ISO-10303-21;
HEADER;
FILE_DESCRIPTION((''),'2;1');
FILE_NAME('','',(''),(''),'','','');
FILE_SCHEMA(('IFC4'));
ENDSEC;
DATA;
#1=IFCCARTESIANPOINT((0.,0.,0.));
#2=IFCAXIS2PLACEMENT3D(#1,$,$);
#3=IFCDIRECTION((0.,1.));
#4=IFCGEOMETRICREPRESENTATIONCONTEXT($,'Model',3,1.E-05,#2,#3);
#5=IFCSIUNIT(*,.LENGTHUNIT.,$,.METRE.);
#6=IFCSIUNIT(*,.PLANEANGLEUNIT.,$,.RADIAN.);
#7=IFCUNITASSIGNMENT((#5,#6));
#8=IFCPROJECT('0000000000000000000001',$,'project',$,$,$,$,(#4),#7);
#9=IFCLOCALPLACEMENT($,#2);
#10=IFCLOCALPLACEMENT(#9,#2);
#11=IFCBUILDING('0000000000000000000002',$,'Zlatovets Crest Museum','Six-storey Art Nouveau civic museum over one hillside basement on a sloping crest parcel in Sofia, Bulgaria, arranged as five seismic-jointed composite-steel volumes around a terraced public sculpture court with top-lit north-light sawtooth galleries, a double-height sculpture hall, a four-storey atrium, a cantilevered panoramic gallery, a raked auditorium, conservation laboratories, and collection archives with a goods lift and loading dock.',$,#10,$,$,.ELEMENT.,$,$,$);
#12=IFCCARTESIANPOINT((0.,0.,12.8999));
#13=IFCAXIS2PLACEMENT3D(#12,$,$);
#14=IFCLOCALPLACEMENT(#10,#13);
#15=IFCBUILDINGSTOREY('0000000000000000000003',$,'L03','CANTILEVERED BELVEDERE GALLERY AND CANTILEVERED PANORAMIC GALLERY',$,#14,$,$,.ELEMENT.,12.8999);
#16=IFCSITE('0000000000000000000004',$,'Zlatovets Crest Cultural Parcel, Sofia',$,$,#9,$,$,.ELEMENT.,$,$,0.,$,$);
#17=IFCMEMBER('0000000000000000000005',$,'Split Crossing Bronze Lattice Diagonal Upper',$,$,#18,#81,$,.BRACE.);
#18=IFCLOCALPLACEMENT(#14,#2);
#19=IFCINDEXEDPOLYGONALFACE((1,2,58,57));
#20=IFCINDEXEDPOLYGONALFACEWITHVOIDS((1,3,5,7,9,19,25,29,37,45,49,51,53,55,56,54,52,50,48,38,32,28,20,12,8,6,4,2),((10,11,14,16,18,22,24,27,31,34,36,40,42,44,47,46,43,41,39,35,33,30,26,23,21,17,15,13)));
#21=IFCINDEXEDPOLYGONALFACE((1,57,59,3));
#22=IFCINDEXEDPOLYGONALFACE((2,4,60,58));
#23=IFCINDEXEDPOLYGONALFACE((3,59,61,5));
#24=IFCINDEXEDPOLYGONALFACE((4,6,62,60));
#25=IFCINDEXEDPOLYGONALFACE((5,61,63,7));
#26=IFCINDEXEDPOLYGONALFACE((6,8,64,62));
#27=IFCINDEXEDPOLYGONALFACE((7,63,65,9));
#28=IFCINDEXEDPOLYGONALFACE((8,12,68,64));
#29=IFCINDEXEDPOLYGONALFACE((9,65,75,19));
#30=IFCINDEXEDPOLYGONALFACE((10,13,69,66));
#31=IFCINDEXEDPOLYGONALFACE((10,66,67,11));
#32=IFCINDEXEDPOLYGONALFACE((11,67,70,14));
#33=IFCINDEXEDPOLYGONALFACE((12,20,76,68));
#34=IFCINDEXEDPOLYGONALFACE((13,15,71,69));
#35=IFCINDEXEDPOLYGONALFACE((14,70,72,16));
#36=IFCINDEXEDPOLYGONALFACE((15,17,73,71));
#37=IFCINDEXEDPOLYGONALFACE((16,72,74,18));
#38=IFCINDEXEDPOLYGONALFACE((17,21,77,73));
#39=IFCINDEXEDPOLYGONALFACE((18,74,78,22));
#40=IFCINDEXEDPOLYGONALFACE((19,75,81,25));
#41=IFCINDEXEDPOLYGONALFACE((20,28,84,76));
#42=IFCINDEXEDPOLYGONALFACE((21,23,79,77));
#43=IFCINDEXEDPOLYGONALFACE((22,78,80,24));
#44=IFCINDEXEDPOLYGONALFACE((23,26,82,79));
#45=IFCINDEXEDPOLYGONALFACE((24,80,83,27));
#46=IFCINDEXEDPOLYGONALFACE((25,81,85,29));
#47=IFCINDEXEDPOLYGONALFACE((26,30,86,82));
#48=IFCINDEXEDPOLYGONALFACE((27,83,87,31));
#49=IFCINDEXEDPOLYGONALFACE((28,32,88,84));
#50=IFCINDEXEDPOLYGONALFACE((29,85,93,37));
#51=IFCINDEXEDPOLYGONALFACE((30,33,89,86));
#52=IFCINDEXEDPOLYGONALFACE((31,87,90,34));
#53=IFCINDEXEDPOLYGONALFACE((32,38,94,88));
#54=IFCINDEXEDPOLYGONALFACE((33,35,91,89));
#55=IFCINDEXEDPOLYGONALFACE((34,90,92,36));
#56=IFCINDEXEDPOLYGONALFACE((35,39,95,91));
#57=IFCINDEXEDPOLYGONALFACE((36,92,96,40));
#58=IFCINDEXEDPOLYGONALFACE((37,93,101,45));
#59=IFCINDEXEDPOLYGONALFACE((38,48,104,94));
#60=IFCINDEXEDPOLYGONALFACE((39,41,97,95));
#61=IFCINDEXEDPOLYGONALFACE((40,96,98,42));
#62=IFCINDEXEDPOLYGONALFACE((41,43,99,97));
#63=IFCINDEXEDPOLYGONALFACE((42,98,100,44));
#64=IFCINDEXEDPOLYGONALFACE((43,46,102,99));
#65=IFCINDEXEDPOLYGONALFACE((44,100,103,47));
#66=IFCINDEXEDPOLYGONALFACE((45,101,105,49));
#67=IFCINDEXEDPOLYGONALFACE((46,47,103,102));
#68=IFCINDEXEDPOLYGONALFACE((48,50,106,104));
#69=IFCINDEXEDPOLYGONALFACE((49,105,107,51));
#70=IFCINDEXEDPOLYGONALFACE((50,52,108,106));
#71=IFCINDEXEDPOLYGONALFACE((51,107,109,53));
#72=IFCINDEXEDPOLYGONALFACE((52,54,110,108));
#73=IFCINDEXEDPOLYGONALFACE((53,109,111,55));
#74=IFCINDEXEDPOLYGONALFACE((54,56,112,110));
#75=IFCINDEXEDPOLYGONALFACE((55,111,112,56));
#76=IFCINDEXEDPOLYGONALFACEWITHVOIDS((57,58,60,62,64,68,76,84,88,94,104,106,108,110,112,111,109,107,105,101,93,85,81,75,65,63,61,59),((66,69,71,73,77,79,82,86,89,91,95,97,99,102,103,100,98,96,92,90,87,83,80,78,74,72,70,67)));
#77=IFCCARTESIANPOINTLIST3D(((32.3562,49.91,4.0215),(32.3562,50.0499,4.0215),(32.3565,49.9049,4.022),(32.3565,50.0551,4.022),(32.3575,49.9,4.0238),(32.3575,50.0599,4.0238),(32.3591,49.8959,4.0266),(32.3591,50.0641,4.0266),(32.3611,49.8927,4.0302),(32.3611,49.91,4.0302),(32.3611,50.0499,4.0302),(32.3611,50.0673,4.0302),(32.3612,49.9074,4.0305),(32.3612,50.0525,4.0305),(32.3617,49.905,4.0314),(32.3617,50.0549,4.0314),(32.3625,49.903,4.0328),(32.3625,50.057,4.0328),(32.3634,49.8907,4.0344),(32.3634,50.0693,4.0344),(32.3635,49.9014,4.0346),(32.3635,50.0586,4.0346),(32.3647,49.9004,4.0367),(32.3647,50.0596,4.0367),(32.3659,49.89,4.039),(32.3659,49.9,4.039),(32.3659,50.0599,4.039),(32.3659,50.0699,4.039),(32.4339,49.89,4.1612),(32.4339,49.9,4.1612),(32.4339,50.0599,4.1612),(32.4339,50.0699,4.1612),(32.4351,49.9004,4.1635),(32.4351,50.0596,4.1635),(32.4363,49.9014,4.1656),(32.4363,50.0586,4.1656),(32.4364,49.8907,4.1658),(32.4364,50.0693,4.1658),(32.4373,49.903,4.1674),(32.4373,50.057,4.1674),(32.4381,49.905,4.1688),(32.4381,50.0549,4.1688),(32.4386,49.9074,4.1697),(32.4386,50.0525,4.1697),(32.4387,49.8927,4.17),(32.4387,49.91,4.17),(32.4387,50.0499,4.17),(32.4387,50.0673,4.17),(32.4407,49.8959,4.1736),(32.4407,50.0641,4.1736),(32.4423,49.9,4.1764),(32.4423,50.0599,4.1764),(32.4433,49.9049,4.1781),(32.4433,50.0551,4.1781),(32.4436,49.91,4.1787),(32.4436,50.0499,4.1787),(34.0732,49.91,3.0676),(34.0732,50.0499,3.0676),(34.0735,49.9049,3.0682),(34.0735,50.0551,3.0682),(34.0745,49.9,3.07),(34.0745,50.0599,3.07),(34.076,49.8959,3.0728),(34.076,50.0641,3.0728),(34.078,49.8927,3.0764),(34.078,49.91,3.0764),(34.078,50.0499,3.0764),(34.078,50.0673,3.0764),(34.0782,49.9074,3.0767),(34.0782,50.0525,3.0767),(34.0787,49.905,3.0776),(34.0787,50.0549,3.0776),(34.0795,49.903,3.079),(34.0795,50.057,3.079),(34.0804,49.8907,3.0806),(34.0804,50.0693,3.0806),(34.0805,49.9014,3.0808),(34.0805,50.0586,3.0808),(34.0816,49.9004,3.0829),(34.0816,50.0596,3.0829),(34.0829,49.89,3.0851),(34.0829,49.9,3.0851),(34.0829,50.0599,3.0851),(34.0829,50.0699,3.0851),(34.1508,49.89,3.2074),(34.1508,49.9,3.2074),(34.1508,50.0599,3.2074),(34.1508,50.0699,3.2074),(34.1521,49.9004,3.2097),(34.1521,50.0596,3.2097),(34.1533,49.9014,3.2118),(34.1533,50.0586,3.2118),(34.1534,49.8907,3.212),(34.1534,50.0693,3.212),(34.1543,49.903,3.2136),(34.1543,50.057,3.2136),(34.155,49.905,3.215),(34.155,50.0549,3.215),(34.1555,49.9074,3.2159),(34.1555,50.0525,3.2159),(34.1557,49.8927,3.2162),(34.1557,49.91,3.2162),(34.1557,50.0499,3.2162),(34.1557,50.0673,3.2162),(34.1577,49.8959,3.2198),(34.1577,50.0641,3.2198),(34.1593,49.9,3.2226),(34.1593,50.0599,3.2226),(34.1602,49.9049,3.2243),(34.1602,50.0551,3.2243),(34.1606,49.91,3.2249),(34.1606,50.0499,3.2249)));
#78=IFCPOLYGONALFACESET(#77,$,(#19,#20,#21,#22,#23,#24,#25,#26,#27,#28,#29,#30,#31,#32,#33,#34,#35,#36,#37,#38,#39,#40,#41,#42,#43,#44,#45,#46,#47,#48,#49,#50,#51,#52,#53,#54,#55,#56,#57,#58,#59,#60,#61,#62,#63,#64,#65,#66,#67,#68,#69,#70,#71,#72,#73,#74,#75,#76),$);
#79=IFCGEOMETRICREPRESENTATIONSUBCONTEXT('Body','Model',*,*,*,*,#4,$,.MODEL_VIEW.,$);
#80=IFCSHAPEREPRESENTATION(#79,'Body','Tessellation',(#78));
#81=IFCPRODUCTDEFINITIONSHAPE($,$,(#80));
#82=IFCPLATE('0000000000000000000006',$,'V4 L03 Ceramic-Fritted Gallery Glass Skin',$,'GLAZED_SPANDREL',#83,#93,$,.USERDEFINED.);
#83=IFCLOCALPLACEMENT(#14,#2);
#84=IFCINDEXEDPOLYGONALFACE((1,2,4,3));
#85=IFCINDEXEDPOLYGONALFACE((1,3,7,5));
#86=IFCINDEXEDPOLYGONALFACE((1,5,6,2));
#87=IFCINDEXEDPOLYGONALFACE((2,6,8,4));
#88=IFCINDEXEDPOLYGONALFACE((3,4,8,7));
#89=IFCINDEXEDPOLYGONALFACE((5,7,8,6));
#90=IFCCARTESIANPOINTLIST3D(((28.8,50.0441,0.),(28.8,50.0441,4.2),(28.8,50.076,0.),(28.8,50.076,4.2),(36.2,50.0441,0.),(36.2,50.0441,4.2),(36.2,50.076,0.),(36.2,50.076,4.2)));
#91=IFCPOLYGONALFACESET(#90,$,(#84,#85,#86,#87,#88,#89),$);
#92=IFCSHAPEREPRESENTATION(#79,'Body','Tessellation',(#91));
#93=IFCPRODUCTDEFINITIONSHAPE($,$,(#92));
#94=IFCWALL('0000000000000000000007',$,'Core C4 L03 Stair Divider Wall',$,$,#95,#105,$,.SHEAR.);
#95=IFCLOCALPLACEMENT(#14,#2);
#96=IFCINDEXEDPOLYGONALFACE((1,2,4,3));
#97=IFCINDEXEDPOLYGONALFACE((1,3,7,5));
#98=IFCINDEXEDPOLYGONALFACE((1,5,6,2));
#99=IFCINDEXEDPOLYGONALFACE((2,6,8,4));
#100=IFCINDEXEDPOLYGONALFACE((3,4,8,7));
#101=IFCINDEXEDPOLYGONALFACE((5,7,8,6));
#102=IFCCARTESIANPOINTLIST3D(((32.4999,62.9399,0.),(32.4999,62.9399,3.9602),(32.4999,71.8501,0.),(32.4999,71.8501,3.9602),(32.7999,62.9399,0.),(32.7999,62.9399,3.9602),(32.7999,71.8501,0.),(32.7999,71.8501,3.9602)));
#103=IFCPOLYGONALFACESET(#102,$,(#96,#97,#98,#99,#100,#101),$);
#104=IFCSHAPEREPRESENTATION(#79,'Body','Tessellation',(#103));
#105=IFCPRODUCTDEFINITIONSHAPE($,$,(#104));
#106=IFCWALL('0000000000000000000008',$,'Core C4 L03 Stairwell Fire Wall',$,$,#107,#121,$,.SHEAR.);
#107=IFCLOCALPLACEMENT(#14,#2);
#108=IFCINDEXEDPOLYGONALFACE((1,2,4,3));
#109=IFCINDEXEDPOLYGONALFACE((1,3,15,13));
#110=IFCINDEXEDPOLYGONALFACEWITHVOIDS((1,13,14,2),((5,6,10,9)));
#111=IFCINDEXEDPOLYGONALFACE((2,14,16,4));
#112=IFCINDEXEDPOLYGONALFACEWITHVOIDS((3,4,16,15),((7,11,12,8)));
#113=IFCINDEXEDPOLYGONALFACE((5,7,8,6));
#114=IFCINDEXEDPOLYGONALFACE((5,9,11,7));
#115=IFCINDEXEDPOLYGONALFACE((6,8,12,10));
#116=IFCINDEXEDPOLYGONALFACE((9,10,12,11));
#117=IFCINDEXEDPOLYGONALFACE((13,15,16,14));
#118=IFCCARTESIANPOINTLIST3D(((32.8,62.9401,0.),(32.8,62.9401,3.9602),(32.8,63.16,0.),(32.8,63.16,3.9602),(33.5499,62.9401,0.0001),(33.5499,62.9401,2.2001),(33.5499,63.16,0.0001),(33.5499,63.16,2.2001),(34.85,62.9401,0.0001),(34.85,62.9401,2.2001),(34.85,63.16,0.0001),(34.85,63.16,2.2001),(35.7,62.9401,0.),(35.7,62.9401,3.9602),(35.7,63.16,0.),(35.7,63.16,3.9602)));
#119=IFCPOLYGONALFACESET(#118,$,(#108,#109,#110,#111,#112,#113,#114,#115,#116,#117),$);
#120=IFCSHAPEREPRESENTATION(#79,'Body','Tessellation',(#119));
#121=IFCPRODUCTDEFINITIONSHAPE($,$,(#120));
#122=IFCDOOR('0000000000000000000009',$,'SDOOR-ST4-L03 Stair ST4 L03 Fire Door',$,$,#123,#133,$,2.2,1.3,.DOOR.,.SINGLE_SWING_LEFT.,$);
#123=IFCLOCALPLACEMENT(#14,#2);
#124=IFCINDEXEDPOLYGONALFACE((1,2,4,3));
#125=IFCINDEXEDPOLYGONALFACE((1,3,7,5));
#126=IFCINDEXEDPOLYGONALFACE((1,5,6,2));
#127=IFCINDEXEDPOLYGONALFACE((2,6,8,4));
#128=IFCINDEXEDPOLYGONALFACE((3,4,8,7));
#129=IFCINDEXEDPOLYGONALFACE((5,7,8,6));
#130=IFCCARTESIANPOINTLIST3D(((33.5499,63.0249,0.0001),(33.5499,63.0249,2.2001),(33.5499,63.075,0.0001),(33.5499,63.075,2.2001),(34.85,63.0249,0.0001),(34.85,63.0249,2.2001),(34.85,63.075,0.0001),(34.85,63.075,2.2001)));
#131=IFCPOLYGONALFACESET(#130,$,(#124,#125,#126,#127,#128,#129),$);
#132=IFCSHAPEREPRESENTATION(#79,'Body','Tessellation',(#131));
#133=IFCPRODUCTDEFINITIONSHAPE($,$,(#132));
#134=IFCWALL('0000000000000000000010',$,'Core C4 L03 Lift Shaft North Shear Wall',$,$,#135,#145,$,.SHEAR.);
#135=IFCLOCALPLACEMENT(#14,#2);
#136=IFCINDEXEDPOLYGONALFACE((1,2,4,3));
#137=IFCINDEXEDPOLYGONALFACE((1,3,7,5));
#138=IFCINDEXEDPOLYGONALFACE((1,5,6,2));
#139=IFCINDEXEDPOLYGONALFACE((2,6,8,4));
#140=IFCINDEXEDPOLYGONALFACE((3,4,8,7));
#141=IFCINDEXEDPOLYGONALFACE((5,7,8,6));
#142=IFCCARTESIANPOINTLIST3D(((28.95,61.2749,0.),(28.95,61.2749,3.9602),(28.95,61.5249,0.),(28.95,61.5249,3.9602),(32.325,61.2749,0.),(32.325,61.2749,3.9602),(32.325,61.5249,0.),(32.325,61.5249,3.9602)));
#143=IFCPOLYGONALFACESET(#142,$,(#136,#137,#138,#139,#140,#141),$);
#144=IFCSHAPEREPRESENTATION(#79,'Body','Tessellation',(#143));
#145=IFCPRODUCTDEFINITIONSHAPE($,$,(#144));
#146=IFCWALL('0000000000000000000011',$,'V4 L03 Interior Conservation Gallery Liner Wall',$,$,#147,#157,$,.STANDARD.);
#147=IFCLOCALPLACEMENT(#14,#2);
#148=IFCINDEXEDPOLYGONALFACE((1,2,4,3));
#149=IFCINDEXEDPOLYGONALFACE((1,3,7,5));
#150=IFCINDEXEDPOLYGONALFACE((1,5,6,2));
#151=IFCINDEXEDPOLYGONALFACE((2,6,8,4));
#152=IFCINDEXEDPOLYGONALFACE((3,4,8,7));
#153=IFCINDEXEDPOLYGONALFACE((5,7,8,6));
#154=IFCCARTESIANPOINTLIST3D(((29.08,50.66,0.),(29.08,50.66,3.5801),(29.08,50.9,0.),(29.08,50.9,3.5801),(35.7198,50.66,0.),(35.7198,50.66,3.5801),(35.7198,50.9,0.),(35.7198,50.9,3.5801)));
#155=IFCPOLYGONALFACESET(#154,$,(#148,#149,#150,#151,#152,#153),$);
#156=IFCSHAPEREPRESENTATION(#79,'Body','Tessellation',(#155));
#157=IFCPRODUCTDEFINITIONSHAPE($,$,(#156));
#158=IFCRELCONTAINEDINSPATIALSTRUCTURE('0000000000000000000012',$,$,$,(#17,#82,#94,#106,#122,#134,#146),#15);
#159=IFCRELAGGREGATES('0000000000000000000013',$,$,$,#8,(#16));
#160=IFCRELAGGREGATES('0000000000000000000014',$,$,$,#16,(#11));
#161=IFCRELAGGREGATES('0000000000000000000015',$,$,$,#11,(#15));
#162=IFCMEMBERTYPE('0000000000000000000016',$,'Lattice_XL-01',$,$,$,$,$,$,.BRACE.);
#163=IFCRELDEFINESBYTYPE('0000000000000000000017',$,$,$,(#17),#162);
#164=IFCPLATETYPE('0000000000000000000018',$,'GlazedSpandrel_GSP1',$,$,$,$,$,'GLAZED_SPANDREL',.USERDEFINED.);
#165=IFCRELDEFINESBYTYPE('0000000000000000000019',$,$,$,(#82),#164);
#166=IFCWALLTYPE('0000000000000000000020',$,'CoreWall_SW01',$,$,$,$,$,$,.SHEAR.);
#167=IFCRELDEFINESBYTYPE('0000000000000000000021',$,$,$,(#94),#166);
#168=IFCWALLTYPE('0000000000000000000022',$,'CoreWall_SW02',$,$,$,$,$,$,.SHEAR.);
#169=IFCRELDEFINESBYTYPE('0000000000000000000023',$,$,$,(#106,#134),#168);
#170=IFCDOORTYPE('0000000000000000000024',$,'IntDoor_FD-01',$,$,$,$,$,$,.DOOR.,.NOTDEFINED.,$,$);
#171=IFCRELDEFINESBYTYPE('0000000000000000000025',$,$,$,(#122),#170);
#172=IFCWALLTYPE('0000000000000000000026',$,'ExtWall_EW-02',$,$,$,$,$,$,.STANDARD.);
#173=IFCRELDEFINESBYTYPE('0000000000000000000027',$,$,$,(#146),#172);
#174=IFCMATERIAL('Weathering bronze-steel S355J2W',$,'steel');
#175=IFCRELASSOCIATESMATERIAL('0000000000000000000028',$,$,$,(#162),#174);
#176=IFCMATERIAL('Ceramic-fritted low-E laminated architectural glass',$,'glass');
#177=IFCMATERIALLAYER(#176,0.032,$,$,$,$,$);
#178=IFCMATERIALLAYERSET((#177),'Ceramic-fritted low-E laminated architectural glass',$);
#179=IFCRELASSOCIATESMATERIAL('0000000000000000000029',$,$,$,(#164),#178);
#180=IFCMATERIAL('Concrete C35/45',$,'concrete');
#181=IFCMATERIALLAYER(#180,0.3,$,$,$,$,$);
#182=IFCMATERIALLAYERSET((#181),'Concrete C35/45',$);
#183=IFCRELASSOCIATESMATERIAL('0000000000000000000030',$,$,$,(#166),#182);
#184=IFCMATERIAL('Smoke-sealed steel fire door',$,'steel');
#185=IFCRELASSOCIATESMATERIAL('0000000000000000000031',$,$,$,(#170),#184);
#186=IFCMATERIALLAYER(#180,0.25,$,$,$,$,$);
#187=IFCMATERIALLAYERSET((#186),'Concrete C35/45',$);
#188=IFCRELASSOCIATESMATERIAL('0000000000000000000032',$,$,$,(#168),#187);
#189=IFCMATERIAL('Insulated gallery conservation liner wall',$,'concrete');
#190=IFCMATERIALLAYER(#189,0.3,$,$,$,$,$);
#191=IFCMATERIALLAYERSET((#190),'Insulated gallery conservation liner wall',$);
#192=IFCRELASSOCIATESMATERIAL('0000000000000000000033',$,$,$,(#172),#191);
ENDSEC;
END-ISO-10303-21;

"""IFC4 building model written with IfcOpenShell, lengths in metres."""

from ifc_helpers import new_model, si_unit, direction, frame, frame_2d, origin, origin_2d, place, context, subcontext, project, spatial, rectangle, hollow_rectangle, extrude, material, layer, layer_set, material_profile, profile_set, type_object, element, fill, save


model = new_model("IFC4")

# Units and contexts
model_context = context("Model", 3, precision=1e-05, world=origin(), true_north=direction((0.0, 1.0)))
body_context = subcontext(model_context, "Body", "Model", "MODEL_VIEW")
ifc_project = project(units=[si_unit("LENGTHUNIT", "METRE"), si_unit("PLANEANGLEUNIT", "RADIAN")], contexts=[model_context])

# Site, building, storey
site_placement = place(None, origin())
site = spatial("IfcSite", under=ifc_project, at=site_placement, Name="Zlatovets Crest Cultural Parcel, Sofia", CompositionType="ELEMENT", RefElevation=0.0)
building_placement = place(site_placement, origin())
building = spatial("IfcBuilding", under=site, at=building_placement, Name="Zlatovets Crest Museum", Description="Six-storey Art Nouveau civic museum over one hillside basement on a sloping crest parcel in Sofia, Bulgaria, arranged as five seismic-jointed composite-steel volumes around a terraced public sculpture court with top-lit north-light sawtooth galleries, a double-height sculpture hall, a four-storey atrium, a cantilevered panoramic gallery, a raked auditorium, conservation laboratories, and collection archives with a goods lift and loading dock.", CompositionType="ELEMENT")
storey_placement = place(building_placement, frame((0.0, 0.0, 12.8999)))
storey = spatial("IfcBuildingStorey", under=building, at=storey_placement, Name="L03", Description="CANTILEVERED BELVEDERE GALLERY AND CANTILEVERED PANORAMIC GALLERY", CompositionType="ELEMENT", Elevation=12.8999)

# Member
ifc_material_1 = material(Name="Weathering bronze-steel S355J2W", Category="steel")
ifc_material_profile_1 = material_profile(ifc_material_1, hollow_rectangle(XDim=0.1799, YDim=0.1799, WallThickness=0.01, InnerFilletRadius=0.01, OuterFilletRadius=0.02, at=origin_2d()), Name="SHS 180x180x10.0")
ifc_profile_set_1 = profile_set([ifc_material_profile_1], Name="Weathering bronze-steel S355J2W")
member_type = type_object("IfcMemberType", Name="Lattice_XL-01", PredefinedType="BRACE", material=ifc_profile_set_1)
member_1_placement = place(storey_placement, frame((32.3999, 49.98, 4.1001), z_axis=(0.874169, 0.0, -0.485622), x_axis=(0.0, 1.0, 0.0)))
element("IfcMember", 1, at=member_1_placement, inside=storey, type_object=member_type, Name="Split Crossing Bronze Lattice Diagonal Upper", PredefinedType="BRACE", context=body_context, shape_type="SweptSolid", body=[
    extrude(hollow_rectangle(XDim=0.1799, YDim=0.1799, WallThickness=0.01, InnerFilletRadius=0.01, OuterFilletRadius=0.02, at=origin_2d()), origin(), (0.0, 0.0, 1.0), 1.9641),
])

# Plate
ifc_material_2 = material(Name="Ceramic-fritted low-E laminated architectural glass", Category="glass")
ifc_layer_1 = layer(ifc_material_2, 0.032)
ifc_layer_set_1 = layer_set([ifc_layer_1], Name="Ceramic-fritted low-E laminated architectural glass")
plate_type = type_object("IfcPlateType", Name="GlazedSpandrel_GSP1", ElementType="GLAZED_SPANDREL", PredefinedType="USERDEFINED", material=ifc_layer_set_1)
plate_placement = place(storey_placement, frame((32.5, 50.0601, 0.0), z_axis=(0.0, 0.0, 1.0), x_axis=(1.0, 0.0, 0.0)))
element("IfcPlate", 2, at=plate_placement, inside=storey, type_object=plate_type, Name="V4 L03 Ceramic-Fritted Gallery Glass Skin", ObjectType="GLAZED_SPANDREL", PredefinedType="USERDEFINED", context=body_context, shape_type="SweptSolid", body=[
    extrude(rectangle(XDim=7.3999, YDim=0.032, at=origin_2d()), origin(), (0.0, 0.0, 1.0), 4.2),
])

# Shared definitions
ifc_material_3 = material(Name="Concrete C35/45", Category="concrete")
ifc_layer_2 = layer(ifc_material_3, 0.3)
ifc_layer_set_2 = layer_set([ifc_layer_2], Name="Concrete C35/45")
wall_type_1 = type_object("IfcWallType", Name="CoreWall_SW01", PredefinedType="SHEAR", material=ifc_layer_set_2)
ifc_material_4 = material(Name="Smoke-sealed steel fire door", Category="steel")
door_type_1 = type_object("IfcDoorType", Name="IntDoor_FD-01", OperationType="NOTDEFINED", PredefinedType="DOOR", material=ifc_material_4)

# Wall
wall_1_placement = place(storey_placement, frame((32.6499, 62.9399, 0.0), z_axis=(0.0, 0.0, 1.0), x_axis=(0.0, 1.0, 0.0)))
element("IfcWall", 3, at=wall_1_placement, inside=storey, type_object=wall_type_1, Name="Core C4 L03 Stair Divider Wall", PredefinedType="SHEAR", context=body_context, shape_type="SweptSolid", body=[
    extrude(rectangle(XDim=8.9102, YDim=0.3, at=frame_2d((4.4551, 0.0))), origin(), (0.0, 0.0, 1.0), 3.9602),
])

# Wall, opening, door
ifc_layer_3 = layer(ifc_material_3, 0.25)
ifc_layer_set_3 = layer_set([ifc_layer_3], Name="Concrete C35/45")
wall_type_2 = type_object("IfcWallType", Name="CoreWall_SW02", PredefinedType="SHEAR", material=ifc_layer_set_3)
wall_2_placement = place(storey_placement, frame((32.8, 63.05, 0.0), z_axis=(0.0, 0.0, 1.0), x_axis=(1.0, 0.0, 0.0)))
wall_2 = element("IfcWall", 4, at=wall_2_placement, inside=storey, type_object=wall_type_2, Name="Core C4 L03 Stairwell Fire Wall", PredefinedType="SHEAR", context=body_context, shape_type="SweptSolid", body=[
    extrude(rectangle(XDim=2.8999, YDim=0.22, at=frame_2d((1.45, 0.0))), origin(), (0.0, 0.0, 1.0), 3.9602),
])
opening_1_placement = place(wall_2_placement, frame((0.75, 0.0, 0.0)))
opening_1 = element("IfcOpeningElement", 5, at=opening_1_placement, cuts=wall_2, PredefinedType="OPENING", context=body_context, shape_type="SweptSolid", body=[
    extrude(rectangle(XDim=1.3, YDim=2.2, at=frame_2d((0.6499, 1.1001))), frame((0.0, 0.1201, 0.0), z_axis=(0.0, -1.0, 0.0), x_axis=(1.0, 0.0, 0.0)), (0.0, 0.0, 1.0), 0.24),
])
door_1_placement = place(opening_1_placement, origin())
door_1 = element("IfcDoor", 6, at=door_1_placement, inside=storey, type_object=door_type_1, Name="SDOOR-ST4-L03 Stair ST4 L03 Fire Door", OperationType="SINGLE_SWING_LEFT", OverallHeight=2.2, OverallWidth=1.3, PredefinedType="DOOR", context=body_context, shape_type="SweptSolid", body=[
    extrude(rectangle(XDim=1.3, YDim=2.2, at=frame_2d((0.6499, 1.1001))), frame((0.0, 0.0249, 0.0), z_axis=(0.0, -1.0, 0.0), x_axis=(1.0, 0.0, 0.0)), (0.0, 0.0, 1.0), 0.05),
])
fill(opening_1, door_1)

# Walls
wall_3_placement = place(storey_placement, frame((28.95, 61.3999, 0.0), z_axis=(0.0, 0.0, 1.0), x_axis=(1.0, 0.0, 0.0)))
element("IfcWall", 7, at=wall_3_placement, inside=storey, type_object=wall_type_2, Name="Core C4 L03 Lift Shaft North Shear Wall", PredefinedType="SHEAR", context=body_context, shape_type="SweptSolid", body=[
    extrude(rectangle(XDim=3.375, YDim=0.25, at=frame_2d((1.6875, 0.0))), origin(), (0.0, 0.0, 1.0), 3.9602),
])
ifc_material_5 = material(Name="Insulated gallery conservation liner wall", Category="concrete")
ifc_layer_4 = layer(ifc_material_5, 0.3)
ifc_layer_set_4 = layer_set([ifc_layer_4], Name="Insulated gallery conservation liner wall")
wall_type_3 = type_object("IfcWallType", Name="ExtWall_EW-02", PredefinedType="STANDARD", material=ifc_layer_set_4)
wall_4_placement = place(storey_placement, frame((29.0801, 50.78, 0.0), z_axis=(0.0, 0.0, 1.0), x_axis=(1.0, 0.0, 0.0)))
element("IfcWall", 8, at=wall_4_placement, inside=storey, type_object=wall_type_3, Name="V4 L03 Interior Conservation Gallery Liner Wall", PredefinedType="STANDARD", context=body_context, shape_type="SweptSolid", body=[
    extrude(rectangle(XDim=6.6399, YDim=0.24, at=frame_2d((3.3198, 0.0))), origin(), (0.0, 0.0, 1.0), 3.5801),
])

save(model, "model.ifc")
